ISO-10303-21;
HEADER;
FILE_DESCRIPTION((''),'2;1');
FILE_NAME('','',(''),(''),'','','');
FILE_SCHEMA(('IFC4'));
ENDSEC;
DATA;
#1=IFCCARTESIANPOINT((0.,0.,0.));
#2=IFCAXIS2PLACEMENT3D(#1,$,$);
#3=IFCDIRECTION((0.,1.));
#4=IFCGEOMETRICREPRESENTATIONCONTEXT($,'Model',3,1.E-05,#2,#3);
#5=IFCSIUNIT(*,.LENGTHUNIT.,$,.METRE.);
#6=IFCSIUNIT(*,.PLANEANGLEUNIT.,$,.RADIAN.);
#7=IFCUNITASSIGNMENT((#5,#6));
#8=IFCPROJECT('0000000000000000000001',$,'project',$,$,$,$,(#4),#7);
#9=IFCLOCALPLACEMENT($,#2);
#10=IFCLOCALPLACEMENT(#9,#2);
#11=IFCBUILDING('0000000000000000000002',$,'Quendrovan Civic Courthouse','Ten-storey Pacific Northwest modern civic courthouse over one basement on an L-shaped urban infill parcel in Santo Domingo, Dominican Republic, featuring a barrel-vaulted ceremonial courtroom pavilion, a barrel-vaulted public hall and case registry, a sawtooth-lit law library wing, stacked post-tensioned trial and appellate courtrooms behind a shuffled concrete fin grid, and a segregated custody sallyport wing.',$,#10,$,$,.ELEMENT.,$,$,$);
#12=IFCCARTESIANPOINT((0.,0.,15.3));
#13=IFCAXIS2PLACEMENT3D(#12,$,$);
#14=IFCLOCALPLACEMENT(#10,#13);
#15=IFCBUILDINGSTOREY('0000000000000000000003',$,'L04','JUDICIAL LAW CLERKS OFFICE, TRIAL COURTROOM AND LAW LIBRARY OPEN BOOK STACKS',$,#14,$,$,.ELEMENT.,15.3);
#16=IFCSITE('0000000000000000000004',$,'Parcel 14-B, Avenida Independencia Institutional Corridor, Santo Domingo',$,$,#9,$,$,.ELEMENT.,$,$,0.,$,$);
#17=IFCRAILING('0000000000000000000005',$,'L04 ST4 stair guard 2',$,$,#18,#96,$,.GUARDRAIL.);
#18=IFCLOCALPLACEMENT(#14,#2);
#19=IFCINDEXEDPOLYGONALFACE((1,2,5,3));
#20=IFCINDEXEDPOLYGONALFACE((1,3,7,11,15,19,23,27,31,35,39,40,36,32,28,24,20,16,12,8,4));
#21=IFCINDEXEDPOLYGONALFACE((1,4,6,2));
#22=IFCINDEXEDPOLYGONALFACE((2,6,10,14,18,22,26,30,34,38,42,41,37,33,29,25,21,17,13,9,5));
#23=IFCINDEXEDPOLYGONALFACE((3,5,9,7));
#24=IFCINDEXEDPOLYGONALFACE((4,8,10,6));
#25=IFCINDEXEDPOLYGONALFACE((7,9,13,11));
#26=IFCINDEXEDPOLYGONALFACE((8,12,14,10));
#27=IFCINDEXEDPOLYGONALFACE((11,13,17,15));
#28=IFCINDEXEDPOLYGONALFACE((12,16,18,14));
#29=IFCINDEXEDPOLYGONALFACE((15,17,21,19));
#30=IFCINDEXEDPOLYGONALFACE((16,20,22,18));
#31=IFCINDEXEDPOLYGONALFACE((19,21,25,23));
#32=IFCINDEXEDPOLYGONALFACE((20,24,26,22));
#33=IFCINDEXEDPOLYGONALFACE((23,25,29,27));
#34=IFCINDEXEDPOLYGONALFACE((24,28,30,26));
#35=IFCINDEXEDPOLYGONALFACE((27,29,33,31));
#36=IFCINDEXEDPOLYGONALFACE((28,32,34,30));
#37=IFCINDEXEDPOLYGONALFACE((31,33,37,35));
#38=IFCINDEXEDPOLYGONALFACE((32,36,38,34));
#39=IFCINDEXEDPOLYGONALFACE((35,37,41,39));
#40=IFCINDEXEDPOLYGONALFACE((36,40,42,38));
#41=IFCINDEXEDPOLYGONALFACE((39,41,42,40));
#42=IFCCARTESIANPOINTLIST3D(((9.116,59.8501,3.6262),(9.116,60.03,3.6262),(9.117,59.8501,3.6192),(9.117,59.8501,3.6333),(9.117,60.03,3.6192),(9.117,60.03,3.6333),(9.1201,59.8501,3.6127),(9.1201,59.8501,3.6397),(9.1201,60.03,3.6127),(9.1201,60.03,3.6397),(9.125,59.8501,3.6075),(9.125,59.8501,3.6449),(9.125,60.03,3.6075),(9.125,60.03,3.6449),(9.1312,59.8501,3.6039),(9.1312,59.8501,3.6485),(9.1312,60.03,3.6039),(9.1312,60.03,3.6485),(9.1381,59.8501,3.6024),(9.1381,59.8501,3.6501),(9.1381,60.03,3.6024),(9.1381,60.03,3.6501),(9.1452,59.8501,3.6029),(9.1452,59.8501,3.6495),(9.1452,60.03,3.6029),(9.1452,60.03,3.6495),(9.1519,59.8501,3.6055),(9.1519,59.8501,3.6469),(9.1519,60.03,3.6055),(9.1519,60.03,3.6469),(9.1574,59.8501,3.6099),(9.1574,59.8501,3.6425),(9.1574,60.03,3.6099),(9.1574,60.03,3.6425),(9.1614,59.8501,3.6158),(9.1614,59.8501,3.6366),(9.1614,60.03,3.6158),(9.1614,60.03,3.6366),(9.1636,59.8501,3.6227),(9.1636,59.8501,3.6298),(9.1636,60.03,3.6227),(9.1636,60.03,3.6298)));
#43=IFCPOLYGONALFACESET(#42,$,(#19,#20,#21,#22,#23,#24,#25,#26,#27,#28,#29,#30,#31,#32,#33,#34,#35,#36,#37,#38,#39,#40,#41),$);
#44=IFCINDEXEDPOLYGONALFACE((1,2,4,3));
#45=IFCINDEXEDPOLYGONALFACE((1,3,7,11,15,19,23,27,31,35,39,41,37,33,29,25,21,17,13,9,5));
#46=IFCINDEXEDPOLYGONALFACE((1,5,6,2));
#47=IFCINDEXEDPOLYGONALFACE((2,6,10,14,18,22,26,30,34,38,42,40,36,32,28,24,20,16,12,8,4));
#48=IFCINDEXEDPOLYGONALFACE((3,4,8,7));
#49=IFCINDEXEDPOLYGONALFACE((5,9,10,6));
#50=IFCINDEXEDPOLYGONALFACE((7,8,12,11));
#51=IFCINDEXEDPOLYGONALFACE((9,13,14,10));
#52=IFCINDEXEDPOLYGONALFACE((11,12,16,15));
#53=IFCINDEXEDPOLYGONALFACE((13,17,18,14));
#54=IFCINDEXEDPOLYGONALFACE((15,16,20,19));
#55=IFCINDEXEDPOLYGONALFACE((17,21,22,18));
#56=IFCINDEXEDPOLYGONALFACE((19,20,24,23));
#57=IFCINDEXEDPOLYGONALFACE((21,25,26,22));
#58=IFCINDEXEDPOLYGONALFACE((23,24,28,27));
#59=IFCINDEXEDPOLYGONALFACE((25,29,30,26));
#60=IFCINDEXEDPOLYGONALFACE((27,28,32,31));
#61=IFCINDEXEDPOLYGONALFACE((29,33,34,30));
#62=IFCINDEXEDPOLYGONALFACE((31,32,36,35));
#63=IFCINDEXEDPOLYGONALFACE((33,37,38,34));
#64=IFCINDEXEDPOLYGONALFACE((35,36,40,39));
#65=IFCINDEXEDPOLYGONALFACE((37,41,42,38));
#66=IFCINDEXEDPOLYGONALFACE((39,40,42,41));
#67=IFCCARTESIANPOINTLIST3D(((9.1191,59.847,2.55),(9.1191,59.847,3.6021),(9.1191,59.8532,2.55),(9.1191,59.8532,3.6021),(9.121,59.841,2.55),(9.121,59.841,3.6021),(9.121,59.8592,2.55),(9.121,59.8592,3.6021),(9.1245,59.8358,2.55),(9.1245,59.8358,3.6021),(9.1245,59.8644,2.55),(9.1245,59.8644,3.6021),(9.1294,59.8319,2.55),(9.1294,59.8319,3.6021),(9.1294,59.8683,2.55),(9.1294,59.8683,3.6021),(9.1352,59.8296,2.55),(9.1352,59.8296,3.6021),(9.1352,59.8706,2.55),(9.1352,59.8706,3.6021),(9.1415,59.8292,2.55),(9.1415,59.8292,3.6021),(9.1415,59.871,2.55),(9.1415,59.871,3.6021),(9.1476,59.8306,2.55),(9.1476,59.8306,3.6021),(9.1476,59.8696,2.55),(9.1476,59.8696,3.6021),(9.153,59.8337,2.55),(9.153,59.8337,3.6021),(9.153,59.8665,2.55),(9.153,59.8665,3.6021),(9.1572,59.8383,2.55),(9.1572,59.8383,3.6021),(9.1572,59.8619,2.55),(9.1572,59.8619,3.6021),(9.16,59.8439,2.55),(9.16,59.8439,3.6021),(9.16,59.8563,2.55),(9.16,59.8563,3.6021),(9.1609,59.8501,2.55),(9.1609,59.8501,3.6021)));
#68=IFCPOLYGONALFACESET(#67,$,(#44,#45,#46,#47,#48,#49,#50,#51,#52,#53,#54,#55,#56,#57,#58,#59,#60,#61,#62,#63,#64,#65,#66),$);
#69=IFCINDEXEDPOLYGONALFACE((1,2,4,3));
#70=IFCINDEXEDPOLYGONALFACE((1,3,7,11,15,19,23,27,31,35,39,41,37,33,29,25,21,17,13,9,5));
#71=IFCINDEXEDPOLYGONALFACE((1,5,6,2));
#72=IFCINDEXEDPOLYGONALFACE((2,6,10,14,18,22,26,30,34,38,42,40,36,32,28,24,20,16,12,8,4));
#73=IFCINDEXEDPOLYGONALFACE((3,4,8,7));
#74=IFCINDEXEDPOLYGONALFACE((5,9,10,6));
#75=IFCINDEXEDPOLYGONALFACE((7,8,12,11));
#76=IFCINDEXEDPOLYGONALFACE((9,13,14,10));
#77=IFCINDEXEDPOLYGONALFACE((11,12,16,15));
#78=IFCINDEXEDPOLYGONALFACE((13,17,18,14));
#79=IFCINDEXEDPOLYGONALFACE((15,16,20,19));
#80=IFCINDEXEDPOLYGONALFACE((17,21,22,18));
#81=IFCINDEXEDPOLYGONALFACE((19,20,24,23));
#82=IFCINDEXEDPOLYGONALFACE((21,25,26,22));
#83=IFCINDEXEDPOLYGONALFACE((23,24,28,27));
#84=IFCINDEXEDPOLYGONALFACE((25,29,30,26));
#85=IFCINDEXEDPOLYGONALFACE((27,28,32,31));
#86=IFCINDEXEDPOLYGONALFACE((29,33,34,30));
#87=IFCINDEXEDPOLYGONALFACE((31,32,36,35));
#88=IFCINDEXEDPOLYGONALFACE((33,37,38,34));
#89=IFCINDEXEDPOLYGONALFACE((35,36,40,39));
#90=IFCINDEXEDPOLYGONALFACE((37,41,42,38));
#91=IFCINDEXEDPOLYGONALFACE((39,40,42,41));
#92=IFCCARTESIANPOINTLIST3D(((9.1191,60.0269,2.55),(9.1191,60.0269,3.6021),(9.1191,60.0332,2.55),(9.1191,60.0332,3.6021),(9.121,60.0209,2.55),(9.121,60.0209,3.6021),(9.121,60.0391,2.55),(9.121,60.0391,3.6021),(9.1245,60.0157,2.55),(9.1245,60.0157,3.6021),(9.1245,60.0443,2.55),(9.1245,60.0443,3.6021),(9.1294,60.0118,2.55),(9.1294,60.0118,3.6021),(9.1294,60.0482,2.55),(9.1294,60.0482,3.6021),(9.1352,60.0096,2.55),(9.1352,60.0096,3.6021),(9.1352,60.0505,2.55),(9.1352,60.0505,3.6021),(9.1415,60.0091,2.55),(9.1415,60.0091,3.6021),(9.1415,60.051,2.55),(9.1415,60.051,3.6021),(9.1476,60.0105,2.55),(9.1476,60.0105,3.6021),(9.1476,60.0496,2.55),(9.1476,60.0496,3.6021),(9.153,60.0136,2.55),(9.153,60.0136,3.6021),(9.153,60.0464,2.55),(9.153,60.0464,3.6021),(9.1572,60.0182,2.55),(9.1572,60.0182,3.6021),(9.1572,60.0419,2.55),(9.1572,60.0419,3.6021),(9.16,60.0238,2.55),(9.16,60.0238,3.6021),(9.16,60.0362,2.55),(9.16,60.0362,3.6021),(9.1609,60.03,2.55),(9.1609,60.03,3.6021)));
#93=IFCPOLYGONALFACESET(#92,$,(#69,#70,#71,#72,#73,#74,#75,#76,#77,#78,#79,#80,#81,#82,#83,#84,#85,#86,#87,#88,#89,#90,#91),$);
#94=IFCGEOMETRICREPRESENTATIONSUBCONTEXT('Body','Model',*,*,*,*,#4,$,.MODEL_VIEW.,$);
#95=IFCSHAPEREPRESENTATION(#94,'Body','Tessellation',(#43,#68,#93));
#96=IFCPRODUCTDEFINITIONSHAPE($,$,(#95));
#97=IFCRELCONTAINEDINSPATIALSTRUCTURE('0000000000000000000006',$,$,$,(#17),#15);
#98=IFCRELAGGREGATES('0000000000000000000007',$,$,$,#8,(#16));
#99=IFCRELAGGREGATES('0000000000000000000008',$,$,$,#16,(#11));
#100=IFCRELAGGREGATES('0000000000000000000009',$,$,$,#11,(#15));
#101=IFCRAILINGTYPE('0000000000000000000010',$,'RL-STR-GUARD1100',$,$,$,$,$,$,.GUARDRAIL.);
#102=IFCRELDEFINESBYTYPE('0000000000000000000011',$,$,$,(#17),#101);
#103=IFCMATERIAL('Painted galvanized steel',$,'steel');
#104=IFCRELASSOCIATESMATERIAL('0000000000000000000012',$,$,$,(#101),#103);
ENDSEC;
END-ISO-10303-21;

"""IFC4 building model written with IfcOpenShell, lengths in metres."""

from ifc_helpers import new_model, si_unit, direction, frame, origin, origin_2d, place, context, subcontext, project, spatial, circle, extrude, material, type_object, element, save


model = new_model("IFC4")

# Units and contexts
model_context = context("Model", 3, precision=1e-05, world=origin(), true_north=direction((0.0, 1.0)))
body_context = subcontext(model_context, "Body", "Model", "MODEL_VIEW")
ifc_project = project(units=[si_unit("LENGTHUNIT", "METRE"), si_unit("PLANEANGLEUNIT", "RADIAN")], contexts=[model_context])

# Site, building, storey
site_placement = place(None, origin())
site = spatial("IfcSite", under=ifc_project, at=site_placement, Name="Parcel 14-B, Avenida Independencia Institutional Corridor, Santo Domingo", CompositionType="ELEMENT", RefElevation=0.0)
building_placement = place(site_placement, origin())
building = spatial("IfcBuilding", under=site, at=building_placement, Name="Quendrovan Civic Courthouse", Description="Ten-storey Pacific Northwest modern civic courthouse over one basement on an L-shaped urban infill parcel in Santo Domingo, Dominican Republic, featuring a barrel-vaulted ceremonial courtroom pavilion, a barrel-vaulted public hall and case registry, a sawtooth-lit law library wing, stacked post-tensioned trial and appellate courtrooms behind a shuffled concrete fin grid, and a segregated custody sallyport wing.", CompositionType="ELEMENT")
storey_placement = place(building_placement, frame((0.0, 0.0, 15.3)))
storey = spatial("IfcBuildingStorey", under=building, at=storey_placement, Name="L04", Description="JUDICIAL LAW CLERKS OFFICE, TRIAL COURTROOM AND LAW LIBRARY OPEN BOOK STACKS", CompositionType="ELEMENT", Elevation=15.3)

# Railing
ifc_material_1 = material(Name="Painted galvanized steel", Category="steel")
railing_type_1 = type_object("IfcRailingType", Name="RL-STR-GUARD1100", PredefinedType="GUARDRAIL", material=ifc_material_1)
railing_1_placement = place(storey_placement, frame((9.1399, 59.8501, 2.55)))
element("IfcRailing", 1, at=railing_1_placement, inside=storey, type_object=railing_type_1, Name="L04 ST4 stair guard 2", PredefinedType="GUARDRAIL", context=body_context, shape_type="SweptSolid", body=[
    extrude(circle(Radius=0.0239, at=origin_2d()), frame((0.0, 0.0, 1.0762), z_axis=(0.0, 1.0, 0.0), x_axis=(-1.0, 0.0, 0.0)), (0.0, 0.0, 1.0), 0.1799),
    extrude(circle(Radius=0.021, at=origin_2d()), origin(), (0.0, 0.0, 1.0), 1.052),
    extrude(circle(Radius=0.021, at=origin_2d()), frame((0.0, 0.1799, 0.0)), (0.0, 0.0, 1.0), 1.052),
])

save(model, "model.ifc")
